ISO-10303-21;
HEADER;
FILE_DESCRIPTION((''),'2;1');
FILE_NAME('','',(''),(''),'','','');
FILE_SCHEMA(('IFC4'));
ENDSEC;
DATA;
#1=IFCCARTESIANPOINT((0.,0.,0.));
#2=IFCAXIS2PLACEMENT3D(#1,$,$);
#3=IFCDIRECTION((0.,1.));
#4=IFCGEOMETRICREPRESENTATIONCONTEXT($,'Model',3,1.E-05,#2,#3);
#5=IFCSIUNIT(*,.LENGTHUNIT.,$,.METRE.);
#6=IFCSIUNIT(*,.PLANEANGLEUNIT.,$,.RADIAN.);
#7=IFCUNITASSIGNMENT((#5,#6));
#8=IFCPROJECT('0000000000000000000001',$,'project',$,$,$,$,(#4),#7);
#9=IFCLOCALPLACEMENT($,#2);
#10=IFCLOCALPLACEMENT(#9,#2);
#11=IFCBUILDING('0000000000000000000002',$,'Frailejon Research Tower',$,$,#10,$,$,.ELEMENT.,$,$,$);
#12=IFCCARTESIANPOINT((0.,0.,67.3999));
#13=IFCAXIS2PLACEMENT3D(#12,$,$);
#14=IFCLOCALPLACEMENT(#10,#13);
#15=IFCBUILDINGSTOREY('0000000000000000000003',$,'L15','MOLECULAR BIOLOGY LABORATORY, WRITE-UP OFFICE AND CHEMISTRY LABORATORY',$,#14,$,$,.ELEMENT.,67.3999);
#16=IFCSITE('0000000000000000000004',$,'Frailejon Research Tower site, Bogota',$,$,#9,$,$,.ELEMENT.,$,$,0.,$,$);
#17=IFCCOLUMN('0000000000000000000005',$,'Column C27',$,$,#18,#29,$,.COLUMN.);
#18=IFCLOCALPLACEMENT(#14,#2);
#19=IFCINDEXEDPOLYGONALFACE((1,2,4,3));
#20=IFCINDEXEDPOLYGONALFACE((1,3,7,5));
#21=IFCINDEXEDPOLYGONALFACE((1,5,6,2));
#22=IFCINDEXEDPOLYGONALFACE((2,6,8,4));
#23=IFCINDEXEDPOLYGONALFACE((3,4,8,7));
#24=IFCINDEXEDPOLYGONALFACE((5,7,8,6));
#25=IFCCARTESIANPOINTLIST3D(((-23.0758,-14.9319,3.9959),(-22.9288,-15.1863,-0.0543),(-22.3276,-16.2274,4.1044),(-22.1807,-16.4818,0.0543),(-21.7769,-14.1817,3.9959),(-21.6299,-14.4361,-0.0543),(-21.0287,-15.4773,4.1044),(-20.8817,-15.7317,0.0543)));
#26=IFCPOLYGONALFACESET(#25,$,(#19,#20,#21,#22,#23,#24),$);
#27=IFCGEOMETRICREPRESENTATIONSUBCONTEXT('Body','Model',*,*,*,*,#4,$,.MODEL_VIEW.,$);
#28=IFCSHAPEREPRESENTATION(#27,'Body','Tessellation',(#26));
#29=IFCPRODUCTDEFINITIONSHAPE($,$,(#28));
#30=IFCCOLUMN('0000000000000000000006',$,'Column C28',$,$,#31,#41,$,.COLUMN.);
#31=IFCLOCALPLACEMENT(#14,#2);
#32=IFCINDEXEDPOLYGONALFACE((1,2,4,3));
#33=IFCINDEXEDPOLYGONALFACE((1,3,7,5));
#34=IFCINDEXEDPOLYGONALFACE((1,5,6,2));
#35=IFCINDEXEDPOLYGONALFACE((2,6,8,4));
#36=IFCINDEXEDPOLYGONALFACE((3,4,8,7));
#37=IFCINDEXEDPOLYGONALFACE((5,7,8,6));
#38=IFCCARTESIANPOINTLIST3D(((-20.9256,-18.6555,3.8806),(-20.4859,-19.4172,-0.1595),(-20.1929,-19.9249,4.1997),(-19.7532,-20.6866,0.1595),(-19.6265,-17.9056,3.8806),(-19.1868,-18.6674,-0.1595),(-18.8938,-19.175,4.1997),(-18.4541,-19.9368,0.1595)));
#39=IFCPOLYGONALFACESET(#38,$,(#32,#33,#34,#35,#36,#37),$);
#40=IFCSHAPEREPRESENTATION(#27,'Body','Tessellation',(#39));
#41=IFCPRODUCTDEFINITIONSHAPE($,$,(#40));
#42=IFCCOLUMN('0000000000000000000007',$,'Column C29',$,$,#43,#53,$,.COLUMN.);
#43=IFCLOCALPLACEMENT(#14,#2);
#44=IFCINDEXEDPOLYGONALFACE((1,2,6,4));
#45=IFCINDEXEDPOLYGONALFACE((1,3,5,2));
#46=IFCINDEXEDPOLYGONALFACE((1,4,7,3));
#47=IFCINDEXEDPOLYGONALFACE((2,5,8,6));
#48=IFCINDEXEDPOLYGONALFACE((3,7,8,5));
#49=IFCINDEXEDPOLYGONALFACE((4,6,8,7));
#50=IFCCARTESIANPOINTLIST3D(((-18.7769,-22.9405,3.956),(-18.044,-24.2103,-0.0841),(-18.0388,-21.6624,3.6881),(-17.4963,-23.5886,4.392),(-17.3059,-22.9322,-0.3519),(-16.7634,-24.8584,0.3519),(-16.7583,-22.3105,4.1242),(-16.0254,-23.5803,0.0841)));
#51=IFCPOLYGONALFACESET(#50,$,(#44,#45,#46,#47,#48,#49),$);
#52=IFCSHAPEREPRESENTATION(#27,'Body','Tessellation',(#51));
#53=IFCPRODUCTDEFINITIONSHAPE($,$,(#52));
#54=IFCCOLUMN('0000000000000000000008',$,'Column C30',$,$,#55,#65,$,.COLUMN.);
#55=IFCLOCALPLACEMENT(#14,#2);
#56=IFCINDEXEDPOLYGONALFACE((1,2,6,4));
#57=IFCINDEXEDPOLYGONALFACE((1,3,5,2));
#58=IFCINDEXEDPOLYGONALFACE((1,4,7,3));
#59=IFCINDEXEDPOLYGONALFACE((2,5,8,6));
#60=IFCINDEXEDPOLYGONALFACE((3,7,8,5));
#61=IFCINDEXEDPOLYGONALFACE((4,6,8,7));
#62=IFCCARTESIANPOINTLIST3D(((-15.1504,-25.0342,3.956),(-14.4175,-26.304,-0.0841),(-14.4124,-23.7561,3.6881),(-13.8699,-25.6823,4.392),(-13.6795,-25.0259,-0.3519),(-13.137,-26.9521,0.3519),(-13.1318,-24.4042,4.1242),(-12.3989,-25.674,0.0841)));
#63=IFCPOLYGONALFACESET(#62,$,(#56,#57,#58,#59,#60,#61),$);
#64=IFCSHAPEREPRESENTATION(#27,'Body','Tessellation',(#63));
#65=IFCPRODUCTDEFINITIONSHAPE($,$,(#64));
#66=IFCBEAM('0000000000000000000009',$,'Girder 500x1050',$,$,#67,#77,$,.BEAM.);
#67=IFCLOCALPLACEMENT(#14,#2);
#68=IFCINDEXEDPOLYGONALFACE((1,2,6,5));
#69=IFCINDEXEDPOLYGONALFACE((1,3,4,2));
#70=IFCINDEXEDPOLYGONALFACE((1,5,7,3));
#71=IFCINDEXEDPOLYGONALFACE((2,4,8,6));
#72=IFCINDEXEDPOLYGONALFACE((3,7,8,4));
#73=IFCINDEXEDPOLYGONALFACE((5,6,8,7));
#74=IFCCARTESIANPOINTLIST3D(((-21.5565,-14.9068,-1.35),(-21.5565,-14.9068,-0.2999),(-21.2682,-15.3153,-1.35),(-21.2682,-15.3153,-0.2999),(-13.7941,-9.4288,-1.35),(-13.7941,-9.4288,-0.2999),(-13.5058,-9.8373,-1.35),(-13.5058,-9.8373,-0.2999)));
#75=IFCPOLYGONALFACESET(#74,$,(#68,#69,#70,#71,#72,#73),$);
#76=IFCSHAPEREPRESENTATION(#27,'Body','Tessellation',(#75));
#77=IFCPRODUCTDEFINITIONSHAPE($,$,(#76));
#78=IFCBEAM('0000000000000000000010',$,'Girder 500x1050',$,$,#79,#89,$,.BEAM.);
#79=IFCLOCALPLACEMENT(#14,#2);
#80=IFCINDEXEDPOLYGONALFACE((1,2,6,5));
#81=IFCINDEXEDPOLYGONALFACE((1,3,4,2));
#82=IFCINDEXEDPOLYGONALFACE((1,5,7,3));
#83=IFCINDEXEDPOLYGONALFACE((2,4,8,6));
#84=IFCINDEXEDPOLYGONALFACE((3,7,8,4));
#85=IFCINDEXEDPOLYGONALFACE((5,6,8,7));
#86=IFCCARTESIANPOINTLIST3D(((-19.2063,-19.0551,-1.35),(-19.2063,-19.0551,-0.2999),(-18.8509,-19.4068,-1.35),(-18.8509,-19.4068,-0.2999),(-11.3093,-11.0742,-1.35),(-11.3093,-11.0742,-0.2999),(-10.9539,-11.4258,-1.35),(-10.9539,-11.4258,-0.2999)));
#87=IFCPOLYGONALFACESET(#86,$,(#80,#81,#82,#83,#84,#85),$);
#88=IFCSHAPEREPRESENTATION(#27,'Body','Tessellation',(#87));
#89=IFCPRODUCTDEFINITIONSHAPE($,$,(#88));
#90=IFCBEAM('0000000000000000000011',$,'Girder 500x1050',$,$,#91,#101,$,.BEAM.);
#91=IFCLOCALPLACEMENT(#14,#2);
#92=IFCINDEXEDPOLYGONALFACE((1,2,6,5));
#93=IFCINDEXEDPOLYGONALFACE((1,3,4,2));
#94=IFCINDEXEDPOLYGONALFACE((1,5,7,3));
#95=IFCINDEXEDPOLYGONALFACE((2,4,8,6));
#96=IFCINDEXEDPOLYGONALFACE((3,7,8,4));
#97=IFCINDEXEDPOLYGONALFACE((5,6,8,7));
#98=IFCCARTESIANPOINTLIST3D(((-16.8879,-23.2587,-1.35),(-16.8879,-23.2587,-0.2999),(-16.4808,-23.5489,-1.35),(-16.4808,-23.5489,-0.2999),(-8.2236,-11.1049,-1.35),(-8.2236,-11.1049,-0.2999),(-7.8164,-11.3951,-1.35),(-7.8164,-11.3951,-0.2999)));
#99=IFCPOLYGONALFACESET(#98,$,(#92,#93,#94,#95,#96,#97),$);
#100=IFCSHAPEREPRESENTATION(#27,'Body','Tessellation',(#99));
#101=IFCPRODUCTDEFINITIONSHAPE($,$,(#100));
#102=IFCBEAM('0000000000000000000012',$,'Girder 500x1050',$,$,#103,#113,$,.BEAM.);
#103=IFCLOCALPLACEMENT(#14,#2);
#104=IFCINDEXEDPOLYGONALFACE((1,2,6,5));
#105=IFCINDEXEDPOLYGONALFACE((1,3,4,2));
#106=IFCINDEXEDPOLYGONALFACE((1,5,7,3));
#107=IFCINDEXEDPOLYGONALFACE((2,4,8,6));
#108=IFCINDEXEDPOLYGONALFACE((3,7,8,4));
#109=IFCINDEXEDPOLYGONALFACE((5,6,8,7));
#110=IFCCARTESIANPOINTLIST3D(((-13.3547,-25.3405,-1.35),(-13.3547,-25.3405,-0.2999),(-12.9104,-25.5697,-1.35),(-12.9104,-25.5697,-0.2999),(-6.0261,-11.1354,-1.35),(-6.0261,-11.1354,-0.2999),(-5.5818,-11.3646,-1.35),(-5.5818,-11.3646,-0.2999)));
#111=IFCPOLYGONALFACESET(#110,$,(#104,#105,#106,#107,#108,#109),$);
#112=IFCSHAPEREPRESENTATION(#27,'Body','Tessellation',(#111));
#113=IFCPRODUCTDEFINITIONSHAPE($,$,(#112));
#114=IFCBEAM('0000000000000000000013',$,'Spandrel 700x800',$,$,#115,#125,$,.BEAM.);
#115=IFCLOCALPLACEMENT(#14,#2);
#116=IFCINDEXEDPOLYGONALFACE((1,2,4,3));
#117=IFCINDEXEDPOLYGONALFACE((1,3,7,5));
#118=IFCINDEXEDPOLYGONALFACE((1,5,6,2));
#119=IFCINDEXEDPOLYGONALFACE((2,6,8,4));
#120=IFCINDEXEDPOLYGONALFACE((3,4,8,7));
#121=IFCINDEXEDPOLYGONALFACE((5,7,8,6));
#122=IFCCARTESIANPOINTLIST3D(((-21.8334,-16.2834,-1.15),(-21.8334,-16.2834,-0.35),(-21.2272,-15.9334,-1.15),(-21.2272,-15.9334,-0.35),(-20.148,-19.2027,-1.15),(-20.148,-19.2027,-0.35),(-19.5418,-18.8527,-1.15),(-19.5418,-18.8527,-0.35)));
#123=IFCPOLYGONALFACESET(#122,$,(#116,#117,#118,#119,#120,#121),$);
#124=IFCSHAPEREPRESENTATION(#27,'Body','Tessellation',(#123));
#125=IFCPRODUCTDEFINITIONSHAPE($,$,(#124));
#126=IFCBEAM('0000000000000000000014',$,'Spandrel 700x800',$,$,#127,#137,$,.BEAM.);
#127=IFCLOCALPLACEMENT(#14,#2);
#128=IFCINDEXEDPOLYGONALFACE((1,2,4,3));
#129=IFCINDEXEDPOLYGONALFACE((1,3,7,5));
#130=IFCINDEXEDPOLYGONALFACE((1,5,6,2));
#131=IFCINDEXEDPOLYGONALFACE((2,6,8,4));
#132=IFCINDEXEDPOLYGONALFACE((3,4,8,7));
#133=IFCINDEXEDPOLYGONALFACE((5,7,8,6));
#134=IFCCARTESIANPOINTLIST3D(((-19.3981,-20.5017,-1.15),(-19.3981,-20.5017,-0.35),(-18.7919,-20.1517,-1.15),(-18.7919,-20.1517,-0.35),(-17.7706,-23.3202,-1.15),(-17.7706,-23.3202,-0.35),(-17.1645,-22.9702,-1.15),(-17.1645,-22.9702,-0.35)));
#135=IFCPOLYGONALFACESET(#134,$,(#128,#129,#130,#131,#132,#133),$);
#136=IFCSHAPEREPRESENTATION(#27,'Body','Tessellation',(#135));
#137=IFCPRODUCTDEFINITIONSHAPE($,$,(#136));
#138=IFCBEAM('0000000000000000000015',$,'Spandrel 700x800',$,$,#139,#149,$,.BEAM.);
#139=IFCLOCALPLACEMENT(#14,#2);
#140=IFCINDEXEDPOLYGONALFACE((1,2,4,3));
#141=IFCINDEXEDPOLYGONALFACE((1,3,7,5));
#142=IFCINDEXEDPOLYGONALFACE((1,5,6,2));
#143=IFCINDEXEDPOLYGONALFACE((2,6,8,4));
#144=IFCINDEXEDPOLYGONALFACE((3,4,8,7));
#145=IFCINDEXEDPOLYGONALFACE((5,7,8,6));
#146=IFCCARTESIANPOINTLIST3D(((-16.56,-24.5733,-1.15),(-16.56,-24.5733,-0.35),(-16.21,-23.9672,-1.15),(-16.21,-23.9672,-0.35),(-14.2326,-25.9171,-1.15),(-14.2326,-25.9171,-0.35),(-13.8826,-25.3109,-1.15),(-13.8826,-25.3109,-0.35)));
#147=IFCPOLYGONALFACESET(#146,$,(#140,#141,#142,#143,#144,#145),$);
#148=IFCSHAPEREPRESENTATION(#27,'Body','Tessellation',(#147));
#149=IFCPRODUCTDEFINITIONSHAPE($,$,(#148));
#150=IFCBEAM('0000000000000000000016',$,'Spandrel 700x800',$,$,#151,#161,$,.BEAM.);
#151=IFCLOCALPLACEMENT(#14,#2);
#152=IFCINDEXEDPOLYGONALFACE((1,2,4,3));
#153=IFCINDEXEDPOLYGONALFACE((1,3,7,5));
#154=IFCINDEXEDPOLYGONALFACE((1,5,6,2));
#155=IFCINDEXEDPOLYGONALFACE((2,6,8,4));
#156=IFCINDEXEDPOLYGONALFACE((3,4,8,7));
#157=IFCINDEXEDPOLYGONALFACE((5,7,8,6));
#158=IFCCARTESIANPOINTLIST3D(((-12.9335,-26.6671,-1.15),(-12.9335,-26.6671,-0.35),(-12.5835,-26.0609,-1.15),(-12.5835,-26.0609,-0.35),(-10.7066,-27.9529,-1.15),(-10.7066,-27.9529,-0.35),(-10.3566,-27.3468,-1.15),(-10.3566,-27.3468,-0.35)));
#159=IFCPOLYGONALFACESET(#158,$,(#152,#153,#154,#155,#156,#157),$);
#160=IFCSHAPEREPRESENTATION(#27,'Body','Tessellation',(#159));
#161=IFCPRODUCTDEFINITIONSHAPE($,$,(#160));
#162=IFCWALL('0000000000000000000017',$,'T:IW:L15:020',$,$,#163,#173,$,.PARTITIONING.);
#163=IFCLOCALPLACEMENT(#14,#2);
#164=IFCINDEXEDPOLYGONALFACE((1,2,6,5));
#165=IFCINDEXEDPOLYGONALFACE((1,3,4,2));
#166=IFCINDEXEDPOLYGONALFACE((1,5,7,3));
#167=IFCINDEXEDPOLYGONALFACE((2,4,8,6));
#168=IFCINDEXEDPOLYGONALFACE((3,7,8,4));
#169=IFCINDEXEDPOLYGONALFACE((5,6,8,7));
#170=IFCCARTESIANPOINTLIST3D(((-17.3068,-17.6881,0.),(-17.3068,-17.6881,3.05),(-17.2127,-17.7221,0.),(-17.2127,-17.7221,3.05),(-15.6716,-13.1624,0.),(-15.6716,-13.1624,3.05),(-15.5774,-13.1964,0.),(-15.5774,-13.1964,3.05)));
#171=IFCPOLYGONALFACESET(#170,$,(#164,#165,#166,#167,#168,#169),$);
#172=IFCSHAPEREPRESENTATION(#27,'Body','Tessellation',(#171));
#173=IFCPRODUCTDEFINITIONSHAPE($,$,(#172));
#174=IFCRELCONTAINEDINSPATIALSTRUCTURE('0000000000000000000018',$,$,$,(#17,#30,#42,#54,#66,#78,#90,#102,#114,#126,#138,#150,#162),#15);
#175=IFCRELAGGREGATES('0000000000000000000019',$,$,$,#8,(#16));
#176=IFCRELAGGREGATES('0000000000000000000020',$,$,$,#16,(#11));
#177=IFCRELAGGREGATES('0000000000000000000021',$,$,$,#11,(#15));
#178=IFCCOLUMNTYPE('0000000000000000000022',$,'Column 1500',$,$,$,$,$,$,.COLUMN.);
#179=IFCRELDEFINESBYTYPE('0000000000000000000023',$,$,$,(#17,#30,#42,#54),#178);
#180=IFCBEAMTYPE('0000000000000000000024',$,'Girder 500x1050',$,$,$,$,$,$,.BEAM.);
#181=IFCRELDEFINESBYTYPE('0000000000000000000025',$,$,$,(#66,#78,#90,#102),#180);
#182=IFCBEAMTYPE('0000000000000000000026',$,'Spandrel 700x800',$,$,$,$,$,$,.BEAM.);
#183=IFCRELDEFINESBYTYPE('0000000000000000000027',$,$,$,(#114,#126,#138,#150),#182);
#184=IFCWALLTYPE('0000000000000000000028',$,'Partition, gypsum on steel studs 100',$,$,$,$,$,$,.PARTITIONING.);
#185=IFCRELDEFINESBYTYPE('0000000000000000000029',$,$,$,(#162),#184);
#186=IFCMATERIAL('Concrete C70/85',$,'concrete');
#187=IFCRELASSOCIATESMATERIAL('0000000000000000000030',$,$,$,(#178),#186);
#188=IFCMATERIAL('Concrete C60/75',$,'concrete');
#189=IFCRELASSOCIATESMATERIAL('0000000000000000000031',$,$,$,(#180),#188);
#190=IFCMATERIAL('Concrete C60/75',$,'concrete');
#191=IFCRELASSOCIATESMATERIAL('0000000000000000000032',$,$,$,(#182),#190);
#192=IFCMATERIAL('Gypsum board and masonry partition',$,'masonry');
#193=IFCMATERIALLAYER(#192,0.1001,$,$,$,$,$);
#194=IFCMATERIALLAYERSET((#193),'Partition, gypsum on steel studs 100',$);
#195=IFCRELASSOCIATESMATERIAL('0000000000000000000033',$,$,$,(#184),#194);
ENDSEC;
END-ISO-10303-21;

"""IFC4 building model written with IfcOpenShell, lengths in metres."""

from ifc_helpers import new_model, si_unit, direction, frame, frame_2d, origin, origin_2d, place, context, subcontext, project, spatial, rectangle, extrude, material, layer, layer_set, material_profile, profile_set, type_object, element, save


model = new_model("IFC4")

# Units and contexts
model_context = context("Model", 3, precision=1e-05, world=origin(), true_north=direction((0.0, 1.0)))
body_context = subcontext(model_context, "Body", "Model", "MODEL_VIEW")
ifc_project = project(units=[si_unit("LENGTHUNIT", "METRE"), si_unit("PLANEANGLEUNIT", "RADIAN")], contexts=[model_context])

# Site, building, storey
site_placement = place(None, origin())
site = spatial("IfcSite", under=ifc_project, at=site_placement, Name="Frailejon Research Tower site, Bogota", CompositionType="ELEMENT", RefElevation=0.0)
building_placement = place(site_placement, origin())
building = spatial("IfcBuilding", under=site, at=building_placement, Name="Frailejon Research Tower", CompositionType="ELEMENT")
storey_placement = place(building_placement, frame((0.0, 0.0, 67.3999)))
storey = spatial("IfcBuildingStorey", under=building, at=storey_placement, Name="L15", Description="MOLECULAR BIOLOGY LABORATORY, WRITE-UP OFFICE AND CHEMISTRY LABORATORY", CompositionType="ELEMENT", Elevation=67.3999)

# Columns
ifc_material_1 = material(Name="Concrete C70/85", Category="concrete")
ifc_material_profile_1 = material_profile(ifc_material_1, rectangle(XDim=1.5, YDim=1.5, at=origin_2d()), Name="Column 1500")
ifc_profile_set_1 = profile_set([ifc_material_profile_1], Name="Concrete C70/85")
column_type = type_object("IfcColumnType", Name="Column 1500", PredefinedType="COLUMN", material=ifc_profile_set_1)
column_1_placement = place(storey_placement, frame((-21.9053, -15.459, 0.0), z_axis=(-0.036194, 0.062648, 0.997379), x_axis=(0.498791, -0.863697, 0.072352)))
element("IfcColumn", 1, at=column_1_placement, inside=storey, type_object=column_type, Name="Column C27", PredefinedType="COLUMN", context=body_context, shape_type="SweptSolid", body=[
    extrude(rectangle(XDim=1.5, YDim=1.5, at=origin_2d()), origin(), (0.0, 0.0, 1.0), 4.0608),
])
column_2_placement = place(storey_placement, frame((-19.47, -19.677, 0.0), z_axis=(-0.106344, 0.184227, 0.977114), x_axis=(0.488465, -0.846258, 0.212718)))
element("IfcColumn", 2, at=column_2_placement, inside=storey, type_object=column_type, Name="Column C28", PredefinedType="COLUMN", context=body_context, shape_type="SweptSolid", body=[
    extrude(rectangle(XDim=1.5, YDim=1.5, at=origin_2d()), origin(), (0.0, 0.0, 1.0), 4.1348),
])
for number, where, z_axis, x_axis, name in (
    (3, (-17.0347, -23.8953, 0.0), (-0.17053, 0.295445, 0.940017), (0.853708, -0.432077, 0.290674), "Column C29"),
    (4, (-13.4082, -25.989, 0.0), (-0.17053, 0.295445, 0.940017), (0.853708, -0.432077, 0.290674), "Column C30"),
):
    element("IfcColumn", number, at=place(storey_placement, frame(where, z_axis=z_axis, x_axis=x_axis)), inside=storey, type_object=column_type, Name=name, PredefinedType="COLUMN", context=body_context, shape_type="SweptSolid", body=[
        extrude(rectangle(XDim=1.5, YDim=1.5, at=origin_2d()), origin(), (0.0, 0.0, 1.0), 4.2979),
    ])

# Beams
ifc_material_2 = material(Name="Concrete C60/75", Category="concrete")
ifc_material_profile_2 = material_profile(ifc_material_2, rectangle(XDim=0.5, YDim=1.05, at=origin_2d()), Name="Girder 500x1050")
ifc_profile_set_2 = profile_set([ifc_material_profile_2], Name="Concrete C60/75")
beam_type_1 = type_object("IfcBeamType", Name="Girder 500x1050", PredefinedType="BEAM", material=ifc_profile_set_2)
beam_1_placement = place(storey_placement, frame((-21.4124, -15.1111, -0.825), z_axis=(0.817035, 0.576588, 0.0), x_axis=(-0.576588, 0.817035, 0.0)))
element("IfcBeam", 5, at=beam_1_placement, inside=storey, type_object=beam_type_1, Name="Girder 500x1050", PredefinedType="BEAM", context=body_context, shape_type="SweptSolid", body=[
    extrude(rectangle(XDim=0.5, YDim=1.05, at=origin_2d()), origin(), (0.0, 0.0, 1.0), 9.5007),
])
beam_2_placement = place(storey_placement, frame((-19.0286, -19.231, -0.825), z_axis=(0.703357, 0.710837, 0.0), x_axis=(-0.710837, 0.703357, 0.0)))
element("IfcBeam", 6, at=beam_2_placement, inside=storey, type_object=beam_type_1, Name="Girder 500x1050", PredefinedType="BEAM", context=body_context, shape_type="SweptSolid", body=[
    extrude(rectangle(XDim=0.5, YDim=1.05, at=origin_2d()), origin(), (0.0, 0.0, 1.0), 11.2275),
])
beam_3_placement = place(storey_placement, frame((-16.6843, -23.4038, -0.825), z_axis=(0.580484, 0.814271, 0.0), x_axis=(-0.814271, 0.580484, 0.0)))
element("IfcBeam", 7, at=beam_3_placement, inside=storey, type_object=beam_type_1, Name="Girder 500x1050", PredefinedType="BEAM", context=body_context, shape_type="SweptSolid", body=[
    extrude(rectangle(XDim=0.5, YDim=1.05, at=origin_2d()), origin(), (0.0, 0.0, 1.0), 14.926),
])
beam_4_placement = place(storey_placement, frame((-13.1326, -25.4551, -0.825), z_axis=(0.458493, 0.888698, 0.0), x_axis=(-0.888698, 0.458493, 0.0)))
element("IfcBeam", 8, at=beam_4_placement, inside=storey, type_object=beam_type_1, Name="Girder 500x1050", PredefinedType="BEAM", context=body_context, shape_type="SweptSolid", body=[
    extrude(rectangle(XDim=0.5, YDim=1.05, at=origin_2d()), origin(), (0.0, 0.0, 1.0), 15.9841),
])
ifc_material_3 = material(Name="Concrete C60/75", Category="concrete")
ifc_material_profile_3 = material_profile(ifc_material_3, rectangle(XDim=0.7, YDim=0.8, at=origin_2d()), Name="Spandrel 700x800")
ifc_profile_set_3 = profile_set([ifc_material_profile_3], Name="Concrete C60/75")
beam_type_2 = type_object("IfcBeamType", Name="Spandrel 700x800", PredefinedType="BEAM", material=ifc_profile_set_3)
beam_5_placement = place(storey_placement, frame((-21.5303, -16.1084, -0.75), z_axis=(0.49998, -0.866037, 0.0), x_axis=(0.866037, 0.49998, 0.0)))
element("IfcBeam", 9, at=beam_5_placement, inside=storey, type_object=beam_type_2, Name="Spandrel 700x800", PredefinedType="BEAM", context=body_context, shape_type="SweptSolid", body=[
    extrude(rectangle(XDim=0.7, YDim=0.8, at=origin_2d()), origin(), (0.0, 0.0, 1.0), 3.3708),
])
beam_6_placement = place(storey_placement, frame((-19.095, -20.3267, -0.75), z_axis=(0.500028, -0.866009, 0.0), x_axis=(0.866009, 0.500028, 0.0)))
element("IfcBeam", 10, at=beam_6_placement, inside=storey, type_object=beam_type_2, Name="Spandrel 700x800", PredefinedType="BEAM", context=body_context, shape_type="SweptSolid", body=[
    extrude(rectangle(XDim=0.7, YDim=0.8, at=origin_2d()), origin(), (0.0, 0.0, 1.0), 3.2546),
])
beam_7_placement = place(storey_placement, frame((-16.385, -24.2703, -0.75), z_axis=(0.866021, -0.500008, 0.0), x_axis=(0.500008, 0.866021, 0.0)))
element("IfcBeam", 11, at=beam_7_placement, inside=storey, type_object=beam_type_2, Name="Spandrel 700x800", PredefinedType="BEAM", context=body_context, shape_type="SweptSolid", body=[
    extrude(rectangle(XDim=0.7, YDim=0.8, at=origin_2d()), origin(), (0.0, 0.0, 1.0), 2.6875),
])
beam_8_placement = place(storey_placement, frame((-12.7585, -26.364, -0.75), z_axis=(0.866009, -0.500029, 0.0), x_axis=(0.500029, 0.866009, 0.0)))
element("IfcBeam", 12, at=beam_8_placement, inside=storey, type_object=beam_type_2, Name="Spandrel 700x800", PredefinedType="BEAM", context=body_context, shape_type="SweptSolid", body=[
    extrude(rectangle(XDim=0.7, YDim=0.8, at=origin_2d()), origin(), (0.0, 0.0, 1.0), 2.5715),
])

# Wall
ifc_material_4 = material(Name="Gypsum board and masonry partition", Category="masonry")
ifc_layer_1 = layer(ifc_material_4, 0.1001)
ifc_layer_set_1 = layer_set([ifc_layer_1], Name="Partition, gypsum on steel studs 100")
wall_type_1 = type_object("IfcWallType", Name="Partition, gypsum on steel studs 100", PredefinedType="PARTITIONING", material=ifc_layer_set_1)
wall_1_placement = place(storey_placement, frame((-17.2598, -17.7051, 0.0), z_axis=(0.0, 0.0, 1.0), x_axis=(0.339828, 0.940488, 0.0)))
element("IfcWall", 13, at=wall_1_placement, inside=storey, type_object=wall_type_1, Name="T:IW:L15:020", PredefinedType="PARTITIONING", context=body_context, shape_type="SweptSolid", body=[
    extrude(rectangle(XDim=4.812, YDim=0.1001, at=frame_2d((2.406, 0.0))), origin(), (0.0, 0.0, 1.0), 3.05),
])

save(model, "model.ifc")
